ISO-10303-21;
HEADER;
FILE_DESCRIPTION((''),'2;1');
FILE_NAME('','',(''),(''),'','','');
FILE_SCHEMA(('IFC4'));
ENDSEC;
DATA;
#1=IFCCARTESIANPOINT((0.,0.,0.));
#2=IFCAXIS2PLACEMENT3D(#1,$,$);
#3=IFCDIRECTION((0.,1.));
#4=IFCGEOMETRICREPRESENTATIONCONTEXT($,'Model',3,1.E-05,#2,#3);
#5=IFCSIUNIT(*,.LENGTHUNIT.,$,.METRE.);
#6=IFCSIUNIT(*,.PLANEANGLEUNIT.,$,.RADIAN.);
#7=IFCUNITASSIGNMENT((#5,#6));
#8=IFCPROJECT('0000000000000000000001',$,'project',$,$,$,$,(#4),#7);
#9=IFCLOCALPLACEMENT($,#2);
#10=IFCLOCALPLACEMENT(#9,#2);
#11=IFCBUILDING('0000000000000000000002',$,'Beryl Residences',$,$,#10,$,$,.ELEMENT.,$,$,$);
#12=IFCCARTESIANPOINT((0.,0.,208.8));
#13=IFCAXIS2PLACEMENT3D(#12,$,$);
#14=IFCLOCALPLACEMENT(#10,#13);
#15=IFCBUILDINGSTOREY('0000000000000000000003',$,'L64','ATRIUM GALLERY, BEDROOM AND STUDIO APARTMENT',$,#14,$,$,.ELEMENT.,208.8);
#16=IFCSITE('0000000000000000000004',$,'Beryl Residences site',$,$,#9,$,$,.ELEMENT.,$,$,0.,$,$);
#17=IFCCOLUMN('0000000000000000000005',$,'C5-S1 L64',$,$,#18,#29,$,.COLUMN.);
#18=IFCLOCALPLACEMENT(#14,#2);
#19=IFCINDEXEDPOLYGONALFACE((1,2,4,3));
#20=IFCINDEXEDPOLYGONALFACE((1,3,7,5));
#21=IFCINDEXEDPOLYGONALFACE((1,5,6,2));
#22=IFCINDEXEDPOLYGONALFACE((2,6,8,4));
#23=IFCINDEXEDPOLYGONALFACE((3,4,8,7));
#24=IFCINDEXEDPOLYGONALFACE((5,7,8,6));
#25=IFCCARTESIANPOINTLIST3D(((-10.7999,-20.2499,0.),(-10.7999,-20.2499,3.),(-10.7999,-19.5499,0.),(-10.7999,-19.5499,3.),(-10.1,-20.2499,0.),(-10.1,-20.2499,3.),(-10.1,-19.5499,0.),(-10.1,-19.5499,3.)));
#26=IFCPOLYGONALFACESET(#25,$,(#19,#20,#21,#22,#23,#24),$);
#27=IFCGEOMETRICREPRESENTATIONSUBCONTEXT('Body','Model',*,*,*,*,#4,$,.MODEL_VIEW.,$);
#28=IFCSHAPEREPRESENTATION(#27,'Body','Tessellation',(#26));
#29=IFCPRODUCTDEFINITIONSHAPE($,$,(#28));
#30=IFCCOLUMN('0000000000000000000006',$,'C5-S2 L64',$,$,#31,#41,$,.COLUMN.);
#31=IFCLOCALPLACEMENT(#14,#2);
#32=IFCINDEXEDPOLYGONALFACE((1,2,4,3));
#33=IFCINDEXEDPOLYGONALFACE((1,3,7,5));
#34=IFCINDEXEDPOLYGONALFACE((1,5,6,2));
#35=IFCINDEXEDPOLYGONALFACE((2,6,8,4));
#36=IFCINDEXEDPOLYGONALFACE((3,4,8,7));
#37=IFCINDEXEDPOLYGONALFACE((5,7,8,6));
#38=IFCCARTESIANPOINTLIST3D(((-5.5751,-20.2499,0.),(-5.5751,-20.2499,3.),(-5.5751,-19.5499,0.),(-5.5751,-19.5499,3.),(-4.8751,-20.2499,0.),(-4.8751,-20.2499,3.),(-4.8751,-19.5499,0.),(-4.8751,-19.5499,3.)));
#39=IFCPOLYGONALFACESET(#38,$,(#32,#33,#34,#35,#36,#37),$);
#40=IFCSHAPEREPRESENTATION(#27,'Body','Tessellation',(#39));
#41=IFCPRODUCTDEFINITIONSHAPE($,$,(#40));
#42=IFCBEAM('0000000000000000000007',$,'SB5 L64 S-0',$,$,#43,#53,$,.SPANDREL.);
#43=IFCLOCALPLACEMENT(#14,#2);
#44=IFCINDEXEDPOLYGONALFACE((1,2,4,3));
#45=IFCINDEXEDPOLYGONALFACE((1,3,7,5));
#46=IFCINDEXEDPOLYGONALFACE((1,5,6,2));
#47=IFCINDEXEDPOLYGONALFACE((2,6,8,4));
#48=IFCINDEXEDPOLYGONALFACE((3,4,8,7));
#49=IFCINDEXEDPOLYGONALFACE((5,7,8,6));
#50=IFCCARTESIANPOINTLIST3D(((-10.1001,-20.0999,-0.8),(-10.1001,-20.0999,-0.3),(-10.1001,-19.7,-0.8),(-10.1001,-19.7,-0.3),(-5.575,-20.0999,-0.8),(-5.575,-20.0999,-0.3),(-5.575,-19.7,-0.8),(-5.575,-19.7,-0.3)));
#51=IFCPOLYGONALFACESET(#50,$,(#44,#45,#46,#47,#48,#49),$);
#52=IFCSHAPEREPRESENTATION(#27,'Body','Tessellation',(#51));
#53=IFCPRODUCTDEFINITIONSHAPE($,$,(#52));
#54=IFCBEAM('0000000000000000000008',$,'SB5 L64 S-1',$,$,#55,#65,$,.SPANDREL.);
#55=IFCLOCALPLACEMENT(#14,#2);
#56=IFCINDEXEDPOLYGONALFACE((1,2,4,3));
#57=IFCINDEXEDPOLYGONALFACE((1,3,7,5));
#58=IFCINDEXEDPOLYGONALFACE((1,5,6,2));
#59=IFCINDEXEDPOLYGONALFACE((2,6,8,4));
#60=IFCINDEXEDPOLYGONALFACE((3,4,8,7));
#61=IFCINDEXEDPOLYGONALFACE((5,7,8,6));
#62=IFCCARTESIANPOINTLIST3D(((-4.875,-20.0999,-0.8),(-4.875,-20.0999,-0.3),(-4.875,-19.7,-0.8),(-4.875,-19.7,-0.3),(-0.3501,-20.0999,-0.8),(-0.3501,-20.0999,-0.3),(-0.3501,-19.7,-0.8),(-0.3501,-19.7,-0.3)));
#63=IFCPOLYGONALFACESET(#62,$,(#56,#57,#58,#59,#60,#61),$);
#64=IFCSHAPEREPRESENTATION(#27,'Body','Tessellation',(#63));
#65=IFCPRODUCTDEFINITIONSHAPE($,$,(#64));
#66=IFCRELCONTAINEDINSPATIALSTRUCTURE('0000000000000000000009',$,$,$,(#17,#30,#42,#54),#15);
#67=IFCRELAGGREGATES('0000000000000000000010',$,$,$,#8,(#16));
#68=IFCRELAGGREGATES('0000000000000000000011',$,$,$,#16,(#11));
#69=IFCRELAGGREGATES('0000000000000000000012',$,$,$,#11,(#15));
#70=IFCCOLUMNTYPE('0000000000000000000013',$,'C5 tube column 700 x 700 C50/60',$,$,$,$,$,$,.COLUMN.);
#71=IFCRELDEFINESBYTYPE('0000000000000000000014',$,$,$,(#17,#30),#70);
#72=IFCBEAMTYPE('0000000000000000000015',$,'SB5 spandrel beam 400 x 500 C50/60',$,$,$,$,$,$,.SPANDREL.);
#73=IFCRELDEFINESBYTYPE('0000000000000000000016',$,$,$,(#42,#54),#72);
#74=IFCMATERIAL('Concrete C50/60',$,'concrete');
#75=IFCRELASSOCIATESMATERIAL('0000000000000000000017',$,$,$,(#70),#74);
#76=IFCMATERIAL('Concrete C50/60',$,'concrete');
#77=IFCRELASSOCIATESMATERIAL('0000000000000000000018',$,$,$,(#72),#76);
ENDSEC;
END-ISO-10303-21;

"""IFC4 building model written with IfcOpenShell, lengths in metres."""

from ifc_helpers import new_model, si_unit, direction, frame, origin, origin_2d, place, context, subcontext, project, spatial, rectangle, extrude, material, material_profile, profile_set, type_object, element, save


model = new_model("IFC4")

# Units and contexts
model_context = context("Model", 3, precision=1e-05, world=origin(), true_north=direction((0.0, 1.0)))
body_context = subcontext(model_context, "Body", "Model", "MODEL_VIEW")
ifc_project = project(units=[si_unit("LENGTHUNIT", "METRE"), si_unit("PLANEANGLEUNIT", "RADIAN")], contexts=[model_context])

# Site, building, storey
site_placement = place(None, origin())
site = spatial("IfcSite", under=ifc_project, at=site_placement, Name="Beryl Residences site", CompositionType="ELEMENT", RefElevation=0.0)
building_placement = place(site_placement, origin())
building = spatial("IfcBuilding", under=site, at=building_placement, Name="Beryl Residences", CompositionType="ELEMENT")
storey_placement = place(building_placement, frame((0.0, 0.0, 208.8)))
storey = spatial("IfcBuildingStorey", under=building, at=storey_placement, Name="L64", Description="ATRIUM GALLERY, BEDROOM AND STUDIO APARTMENT", CompositionType="ELEMENT", Elevation=208.8)

# Columns
ifc_material_1 = material(Name="Concrete C50/60", Category="concrete")
ifc_material_profile_1 = material_profile(ifc_material_1, rectangle(XDim=0.7, YDim=0.7, at=origin_2d()))
ifc_profile_set_1 = profile_set([ifc_material_profile_1], Name="Concrete C50/60")
column_type = type_object("IfcColumnType", Name="C5 tube column 700 x 700 C50/60", PredefinedType="COLUMN", material=ifc_profile_set_1)
for number, where, z_axis, x_axis, name in (
    (1, (-10.45, -19.8999, 0.0), (0.0, 0.0, 1.0), (1.0, 0.0, 0.0), "C5-S1 L64"),
    (2, (-5.2251, -19.8999, 0.0), (0.0, 0.0, 1.0), (1.0, 0.0, 0.0), "C5-S2 L64"),
):
    element("IfcColumn", number, at=place(storey_placement, frame(where, z_axis=z_axis, x_axis=x_axis)), inside=storey, type_object=column_type, Name=name, PredefinedType="COLUMN", context=body_context, shape_type="SweptSolid", body=[
        extrude(rectangle(XDim=0.7, YDim=0.7, at=origin_2d()), origin(), (0.0, 0.0, 1.0), 3.0),
    ])

# Beams
ifc_material_2 = material(Name="Concrete C50/60", Category="concrete")
ifc_material_profile_2 = material_profile(ifc_material_2, rectangle(XDim=0.3999, YDim=0.5, at=origin_2d()))
ifc_profile_set_2 = profile_set([ifc_material_profile_2], Name="Concrete C50/60")
beam_type = type_object("IfcBeamType", Name="SB5 spandrel beam 400 x 500 C50/60", PredefinedType="SPANDREL", material=ifc_profile_set_2)
beam_1_placement = place(storey_placement, frame((-10.1001, -19.8999, -0.55), z_axis=(1.0, 0.0, 0.0), x_axis=(0.0, 1.0, 0.0)))
element("IfcBeam", 3, at=beam_1_placement, inside=storey, type_object=beam_type, Name="SB5 L64 S-0", PredefinedType="SPANDREL", context=body_context, shape_type="SweptSolid", body=[
    extrude(rectangle(XDim=0.3999, YDim=0.5, at=origin_2d()), origin(), (0.0, 0.0, 1.0), 4.5251),
])
beam_2_placement = place(storey_placement, frame((-4.875, -19.8999, -0.55), z_axis=(1.0, 0.0, 0.0), x_axis=(0.0, 1.0, 0.0)))
element("IfcBeam", 4, at=beam_2_placement, inside=storey, type_object=beam_type, Name="SB5 L64 S-1", PredefinedType="SPANDREL", context=body_context, shape_type="SweptSolid", body=[
    extrude(rectangle(XDim=0.3999, YDim=0.5, at=origin_2d()), origin(), (0.0, 0.0, 1.0), 4.5249),
])

save(model, "model.ifc")
